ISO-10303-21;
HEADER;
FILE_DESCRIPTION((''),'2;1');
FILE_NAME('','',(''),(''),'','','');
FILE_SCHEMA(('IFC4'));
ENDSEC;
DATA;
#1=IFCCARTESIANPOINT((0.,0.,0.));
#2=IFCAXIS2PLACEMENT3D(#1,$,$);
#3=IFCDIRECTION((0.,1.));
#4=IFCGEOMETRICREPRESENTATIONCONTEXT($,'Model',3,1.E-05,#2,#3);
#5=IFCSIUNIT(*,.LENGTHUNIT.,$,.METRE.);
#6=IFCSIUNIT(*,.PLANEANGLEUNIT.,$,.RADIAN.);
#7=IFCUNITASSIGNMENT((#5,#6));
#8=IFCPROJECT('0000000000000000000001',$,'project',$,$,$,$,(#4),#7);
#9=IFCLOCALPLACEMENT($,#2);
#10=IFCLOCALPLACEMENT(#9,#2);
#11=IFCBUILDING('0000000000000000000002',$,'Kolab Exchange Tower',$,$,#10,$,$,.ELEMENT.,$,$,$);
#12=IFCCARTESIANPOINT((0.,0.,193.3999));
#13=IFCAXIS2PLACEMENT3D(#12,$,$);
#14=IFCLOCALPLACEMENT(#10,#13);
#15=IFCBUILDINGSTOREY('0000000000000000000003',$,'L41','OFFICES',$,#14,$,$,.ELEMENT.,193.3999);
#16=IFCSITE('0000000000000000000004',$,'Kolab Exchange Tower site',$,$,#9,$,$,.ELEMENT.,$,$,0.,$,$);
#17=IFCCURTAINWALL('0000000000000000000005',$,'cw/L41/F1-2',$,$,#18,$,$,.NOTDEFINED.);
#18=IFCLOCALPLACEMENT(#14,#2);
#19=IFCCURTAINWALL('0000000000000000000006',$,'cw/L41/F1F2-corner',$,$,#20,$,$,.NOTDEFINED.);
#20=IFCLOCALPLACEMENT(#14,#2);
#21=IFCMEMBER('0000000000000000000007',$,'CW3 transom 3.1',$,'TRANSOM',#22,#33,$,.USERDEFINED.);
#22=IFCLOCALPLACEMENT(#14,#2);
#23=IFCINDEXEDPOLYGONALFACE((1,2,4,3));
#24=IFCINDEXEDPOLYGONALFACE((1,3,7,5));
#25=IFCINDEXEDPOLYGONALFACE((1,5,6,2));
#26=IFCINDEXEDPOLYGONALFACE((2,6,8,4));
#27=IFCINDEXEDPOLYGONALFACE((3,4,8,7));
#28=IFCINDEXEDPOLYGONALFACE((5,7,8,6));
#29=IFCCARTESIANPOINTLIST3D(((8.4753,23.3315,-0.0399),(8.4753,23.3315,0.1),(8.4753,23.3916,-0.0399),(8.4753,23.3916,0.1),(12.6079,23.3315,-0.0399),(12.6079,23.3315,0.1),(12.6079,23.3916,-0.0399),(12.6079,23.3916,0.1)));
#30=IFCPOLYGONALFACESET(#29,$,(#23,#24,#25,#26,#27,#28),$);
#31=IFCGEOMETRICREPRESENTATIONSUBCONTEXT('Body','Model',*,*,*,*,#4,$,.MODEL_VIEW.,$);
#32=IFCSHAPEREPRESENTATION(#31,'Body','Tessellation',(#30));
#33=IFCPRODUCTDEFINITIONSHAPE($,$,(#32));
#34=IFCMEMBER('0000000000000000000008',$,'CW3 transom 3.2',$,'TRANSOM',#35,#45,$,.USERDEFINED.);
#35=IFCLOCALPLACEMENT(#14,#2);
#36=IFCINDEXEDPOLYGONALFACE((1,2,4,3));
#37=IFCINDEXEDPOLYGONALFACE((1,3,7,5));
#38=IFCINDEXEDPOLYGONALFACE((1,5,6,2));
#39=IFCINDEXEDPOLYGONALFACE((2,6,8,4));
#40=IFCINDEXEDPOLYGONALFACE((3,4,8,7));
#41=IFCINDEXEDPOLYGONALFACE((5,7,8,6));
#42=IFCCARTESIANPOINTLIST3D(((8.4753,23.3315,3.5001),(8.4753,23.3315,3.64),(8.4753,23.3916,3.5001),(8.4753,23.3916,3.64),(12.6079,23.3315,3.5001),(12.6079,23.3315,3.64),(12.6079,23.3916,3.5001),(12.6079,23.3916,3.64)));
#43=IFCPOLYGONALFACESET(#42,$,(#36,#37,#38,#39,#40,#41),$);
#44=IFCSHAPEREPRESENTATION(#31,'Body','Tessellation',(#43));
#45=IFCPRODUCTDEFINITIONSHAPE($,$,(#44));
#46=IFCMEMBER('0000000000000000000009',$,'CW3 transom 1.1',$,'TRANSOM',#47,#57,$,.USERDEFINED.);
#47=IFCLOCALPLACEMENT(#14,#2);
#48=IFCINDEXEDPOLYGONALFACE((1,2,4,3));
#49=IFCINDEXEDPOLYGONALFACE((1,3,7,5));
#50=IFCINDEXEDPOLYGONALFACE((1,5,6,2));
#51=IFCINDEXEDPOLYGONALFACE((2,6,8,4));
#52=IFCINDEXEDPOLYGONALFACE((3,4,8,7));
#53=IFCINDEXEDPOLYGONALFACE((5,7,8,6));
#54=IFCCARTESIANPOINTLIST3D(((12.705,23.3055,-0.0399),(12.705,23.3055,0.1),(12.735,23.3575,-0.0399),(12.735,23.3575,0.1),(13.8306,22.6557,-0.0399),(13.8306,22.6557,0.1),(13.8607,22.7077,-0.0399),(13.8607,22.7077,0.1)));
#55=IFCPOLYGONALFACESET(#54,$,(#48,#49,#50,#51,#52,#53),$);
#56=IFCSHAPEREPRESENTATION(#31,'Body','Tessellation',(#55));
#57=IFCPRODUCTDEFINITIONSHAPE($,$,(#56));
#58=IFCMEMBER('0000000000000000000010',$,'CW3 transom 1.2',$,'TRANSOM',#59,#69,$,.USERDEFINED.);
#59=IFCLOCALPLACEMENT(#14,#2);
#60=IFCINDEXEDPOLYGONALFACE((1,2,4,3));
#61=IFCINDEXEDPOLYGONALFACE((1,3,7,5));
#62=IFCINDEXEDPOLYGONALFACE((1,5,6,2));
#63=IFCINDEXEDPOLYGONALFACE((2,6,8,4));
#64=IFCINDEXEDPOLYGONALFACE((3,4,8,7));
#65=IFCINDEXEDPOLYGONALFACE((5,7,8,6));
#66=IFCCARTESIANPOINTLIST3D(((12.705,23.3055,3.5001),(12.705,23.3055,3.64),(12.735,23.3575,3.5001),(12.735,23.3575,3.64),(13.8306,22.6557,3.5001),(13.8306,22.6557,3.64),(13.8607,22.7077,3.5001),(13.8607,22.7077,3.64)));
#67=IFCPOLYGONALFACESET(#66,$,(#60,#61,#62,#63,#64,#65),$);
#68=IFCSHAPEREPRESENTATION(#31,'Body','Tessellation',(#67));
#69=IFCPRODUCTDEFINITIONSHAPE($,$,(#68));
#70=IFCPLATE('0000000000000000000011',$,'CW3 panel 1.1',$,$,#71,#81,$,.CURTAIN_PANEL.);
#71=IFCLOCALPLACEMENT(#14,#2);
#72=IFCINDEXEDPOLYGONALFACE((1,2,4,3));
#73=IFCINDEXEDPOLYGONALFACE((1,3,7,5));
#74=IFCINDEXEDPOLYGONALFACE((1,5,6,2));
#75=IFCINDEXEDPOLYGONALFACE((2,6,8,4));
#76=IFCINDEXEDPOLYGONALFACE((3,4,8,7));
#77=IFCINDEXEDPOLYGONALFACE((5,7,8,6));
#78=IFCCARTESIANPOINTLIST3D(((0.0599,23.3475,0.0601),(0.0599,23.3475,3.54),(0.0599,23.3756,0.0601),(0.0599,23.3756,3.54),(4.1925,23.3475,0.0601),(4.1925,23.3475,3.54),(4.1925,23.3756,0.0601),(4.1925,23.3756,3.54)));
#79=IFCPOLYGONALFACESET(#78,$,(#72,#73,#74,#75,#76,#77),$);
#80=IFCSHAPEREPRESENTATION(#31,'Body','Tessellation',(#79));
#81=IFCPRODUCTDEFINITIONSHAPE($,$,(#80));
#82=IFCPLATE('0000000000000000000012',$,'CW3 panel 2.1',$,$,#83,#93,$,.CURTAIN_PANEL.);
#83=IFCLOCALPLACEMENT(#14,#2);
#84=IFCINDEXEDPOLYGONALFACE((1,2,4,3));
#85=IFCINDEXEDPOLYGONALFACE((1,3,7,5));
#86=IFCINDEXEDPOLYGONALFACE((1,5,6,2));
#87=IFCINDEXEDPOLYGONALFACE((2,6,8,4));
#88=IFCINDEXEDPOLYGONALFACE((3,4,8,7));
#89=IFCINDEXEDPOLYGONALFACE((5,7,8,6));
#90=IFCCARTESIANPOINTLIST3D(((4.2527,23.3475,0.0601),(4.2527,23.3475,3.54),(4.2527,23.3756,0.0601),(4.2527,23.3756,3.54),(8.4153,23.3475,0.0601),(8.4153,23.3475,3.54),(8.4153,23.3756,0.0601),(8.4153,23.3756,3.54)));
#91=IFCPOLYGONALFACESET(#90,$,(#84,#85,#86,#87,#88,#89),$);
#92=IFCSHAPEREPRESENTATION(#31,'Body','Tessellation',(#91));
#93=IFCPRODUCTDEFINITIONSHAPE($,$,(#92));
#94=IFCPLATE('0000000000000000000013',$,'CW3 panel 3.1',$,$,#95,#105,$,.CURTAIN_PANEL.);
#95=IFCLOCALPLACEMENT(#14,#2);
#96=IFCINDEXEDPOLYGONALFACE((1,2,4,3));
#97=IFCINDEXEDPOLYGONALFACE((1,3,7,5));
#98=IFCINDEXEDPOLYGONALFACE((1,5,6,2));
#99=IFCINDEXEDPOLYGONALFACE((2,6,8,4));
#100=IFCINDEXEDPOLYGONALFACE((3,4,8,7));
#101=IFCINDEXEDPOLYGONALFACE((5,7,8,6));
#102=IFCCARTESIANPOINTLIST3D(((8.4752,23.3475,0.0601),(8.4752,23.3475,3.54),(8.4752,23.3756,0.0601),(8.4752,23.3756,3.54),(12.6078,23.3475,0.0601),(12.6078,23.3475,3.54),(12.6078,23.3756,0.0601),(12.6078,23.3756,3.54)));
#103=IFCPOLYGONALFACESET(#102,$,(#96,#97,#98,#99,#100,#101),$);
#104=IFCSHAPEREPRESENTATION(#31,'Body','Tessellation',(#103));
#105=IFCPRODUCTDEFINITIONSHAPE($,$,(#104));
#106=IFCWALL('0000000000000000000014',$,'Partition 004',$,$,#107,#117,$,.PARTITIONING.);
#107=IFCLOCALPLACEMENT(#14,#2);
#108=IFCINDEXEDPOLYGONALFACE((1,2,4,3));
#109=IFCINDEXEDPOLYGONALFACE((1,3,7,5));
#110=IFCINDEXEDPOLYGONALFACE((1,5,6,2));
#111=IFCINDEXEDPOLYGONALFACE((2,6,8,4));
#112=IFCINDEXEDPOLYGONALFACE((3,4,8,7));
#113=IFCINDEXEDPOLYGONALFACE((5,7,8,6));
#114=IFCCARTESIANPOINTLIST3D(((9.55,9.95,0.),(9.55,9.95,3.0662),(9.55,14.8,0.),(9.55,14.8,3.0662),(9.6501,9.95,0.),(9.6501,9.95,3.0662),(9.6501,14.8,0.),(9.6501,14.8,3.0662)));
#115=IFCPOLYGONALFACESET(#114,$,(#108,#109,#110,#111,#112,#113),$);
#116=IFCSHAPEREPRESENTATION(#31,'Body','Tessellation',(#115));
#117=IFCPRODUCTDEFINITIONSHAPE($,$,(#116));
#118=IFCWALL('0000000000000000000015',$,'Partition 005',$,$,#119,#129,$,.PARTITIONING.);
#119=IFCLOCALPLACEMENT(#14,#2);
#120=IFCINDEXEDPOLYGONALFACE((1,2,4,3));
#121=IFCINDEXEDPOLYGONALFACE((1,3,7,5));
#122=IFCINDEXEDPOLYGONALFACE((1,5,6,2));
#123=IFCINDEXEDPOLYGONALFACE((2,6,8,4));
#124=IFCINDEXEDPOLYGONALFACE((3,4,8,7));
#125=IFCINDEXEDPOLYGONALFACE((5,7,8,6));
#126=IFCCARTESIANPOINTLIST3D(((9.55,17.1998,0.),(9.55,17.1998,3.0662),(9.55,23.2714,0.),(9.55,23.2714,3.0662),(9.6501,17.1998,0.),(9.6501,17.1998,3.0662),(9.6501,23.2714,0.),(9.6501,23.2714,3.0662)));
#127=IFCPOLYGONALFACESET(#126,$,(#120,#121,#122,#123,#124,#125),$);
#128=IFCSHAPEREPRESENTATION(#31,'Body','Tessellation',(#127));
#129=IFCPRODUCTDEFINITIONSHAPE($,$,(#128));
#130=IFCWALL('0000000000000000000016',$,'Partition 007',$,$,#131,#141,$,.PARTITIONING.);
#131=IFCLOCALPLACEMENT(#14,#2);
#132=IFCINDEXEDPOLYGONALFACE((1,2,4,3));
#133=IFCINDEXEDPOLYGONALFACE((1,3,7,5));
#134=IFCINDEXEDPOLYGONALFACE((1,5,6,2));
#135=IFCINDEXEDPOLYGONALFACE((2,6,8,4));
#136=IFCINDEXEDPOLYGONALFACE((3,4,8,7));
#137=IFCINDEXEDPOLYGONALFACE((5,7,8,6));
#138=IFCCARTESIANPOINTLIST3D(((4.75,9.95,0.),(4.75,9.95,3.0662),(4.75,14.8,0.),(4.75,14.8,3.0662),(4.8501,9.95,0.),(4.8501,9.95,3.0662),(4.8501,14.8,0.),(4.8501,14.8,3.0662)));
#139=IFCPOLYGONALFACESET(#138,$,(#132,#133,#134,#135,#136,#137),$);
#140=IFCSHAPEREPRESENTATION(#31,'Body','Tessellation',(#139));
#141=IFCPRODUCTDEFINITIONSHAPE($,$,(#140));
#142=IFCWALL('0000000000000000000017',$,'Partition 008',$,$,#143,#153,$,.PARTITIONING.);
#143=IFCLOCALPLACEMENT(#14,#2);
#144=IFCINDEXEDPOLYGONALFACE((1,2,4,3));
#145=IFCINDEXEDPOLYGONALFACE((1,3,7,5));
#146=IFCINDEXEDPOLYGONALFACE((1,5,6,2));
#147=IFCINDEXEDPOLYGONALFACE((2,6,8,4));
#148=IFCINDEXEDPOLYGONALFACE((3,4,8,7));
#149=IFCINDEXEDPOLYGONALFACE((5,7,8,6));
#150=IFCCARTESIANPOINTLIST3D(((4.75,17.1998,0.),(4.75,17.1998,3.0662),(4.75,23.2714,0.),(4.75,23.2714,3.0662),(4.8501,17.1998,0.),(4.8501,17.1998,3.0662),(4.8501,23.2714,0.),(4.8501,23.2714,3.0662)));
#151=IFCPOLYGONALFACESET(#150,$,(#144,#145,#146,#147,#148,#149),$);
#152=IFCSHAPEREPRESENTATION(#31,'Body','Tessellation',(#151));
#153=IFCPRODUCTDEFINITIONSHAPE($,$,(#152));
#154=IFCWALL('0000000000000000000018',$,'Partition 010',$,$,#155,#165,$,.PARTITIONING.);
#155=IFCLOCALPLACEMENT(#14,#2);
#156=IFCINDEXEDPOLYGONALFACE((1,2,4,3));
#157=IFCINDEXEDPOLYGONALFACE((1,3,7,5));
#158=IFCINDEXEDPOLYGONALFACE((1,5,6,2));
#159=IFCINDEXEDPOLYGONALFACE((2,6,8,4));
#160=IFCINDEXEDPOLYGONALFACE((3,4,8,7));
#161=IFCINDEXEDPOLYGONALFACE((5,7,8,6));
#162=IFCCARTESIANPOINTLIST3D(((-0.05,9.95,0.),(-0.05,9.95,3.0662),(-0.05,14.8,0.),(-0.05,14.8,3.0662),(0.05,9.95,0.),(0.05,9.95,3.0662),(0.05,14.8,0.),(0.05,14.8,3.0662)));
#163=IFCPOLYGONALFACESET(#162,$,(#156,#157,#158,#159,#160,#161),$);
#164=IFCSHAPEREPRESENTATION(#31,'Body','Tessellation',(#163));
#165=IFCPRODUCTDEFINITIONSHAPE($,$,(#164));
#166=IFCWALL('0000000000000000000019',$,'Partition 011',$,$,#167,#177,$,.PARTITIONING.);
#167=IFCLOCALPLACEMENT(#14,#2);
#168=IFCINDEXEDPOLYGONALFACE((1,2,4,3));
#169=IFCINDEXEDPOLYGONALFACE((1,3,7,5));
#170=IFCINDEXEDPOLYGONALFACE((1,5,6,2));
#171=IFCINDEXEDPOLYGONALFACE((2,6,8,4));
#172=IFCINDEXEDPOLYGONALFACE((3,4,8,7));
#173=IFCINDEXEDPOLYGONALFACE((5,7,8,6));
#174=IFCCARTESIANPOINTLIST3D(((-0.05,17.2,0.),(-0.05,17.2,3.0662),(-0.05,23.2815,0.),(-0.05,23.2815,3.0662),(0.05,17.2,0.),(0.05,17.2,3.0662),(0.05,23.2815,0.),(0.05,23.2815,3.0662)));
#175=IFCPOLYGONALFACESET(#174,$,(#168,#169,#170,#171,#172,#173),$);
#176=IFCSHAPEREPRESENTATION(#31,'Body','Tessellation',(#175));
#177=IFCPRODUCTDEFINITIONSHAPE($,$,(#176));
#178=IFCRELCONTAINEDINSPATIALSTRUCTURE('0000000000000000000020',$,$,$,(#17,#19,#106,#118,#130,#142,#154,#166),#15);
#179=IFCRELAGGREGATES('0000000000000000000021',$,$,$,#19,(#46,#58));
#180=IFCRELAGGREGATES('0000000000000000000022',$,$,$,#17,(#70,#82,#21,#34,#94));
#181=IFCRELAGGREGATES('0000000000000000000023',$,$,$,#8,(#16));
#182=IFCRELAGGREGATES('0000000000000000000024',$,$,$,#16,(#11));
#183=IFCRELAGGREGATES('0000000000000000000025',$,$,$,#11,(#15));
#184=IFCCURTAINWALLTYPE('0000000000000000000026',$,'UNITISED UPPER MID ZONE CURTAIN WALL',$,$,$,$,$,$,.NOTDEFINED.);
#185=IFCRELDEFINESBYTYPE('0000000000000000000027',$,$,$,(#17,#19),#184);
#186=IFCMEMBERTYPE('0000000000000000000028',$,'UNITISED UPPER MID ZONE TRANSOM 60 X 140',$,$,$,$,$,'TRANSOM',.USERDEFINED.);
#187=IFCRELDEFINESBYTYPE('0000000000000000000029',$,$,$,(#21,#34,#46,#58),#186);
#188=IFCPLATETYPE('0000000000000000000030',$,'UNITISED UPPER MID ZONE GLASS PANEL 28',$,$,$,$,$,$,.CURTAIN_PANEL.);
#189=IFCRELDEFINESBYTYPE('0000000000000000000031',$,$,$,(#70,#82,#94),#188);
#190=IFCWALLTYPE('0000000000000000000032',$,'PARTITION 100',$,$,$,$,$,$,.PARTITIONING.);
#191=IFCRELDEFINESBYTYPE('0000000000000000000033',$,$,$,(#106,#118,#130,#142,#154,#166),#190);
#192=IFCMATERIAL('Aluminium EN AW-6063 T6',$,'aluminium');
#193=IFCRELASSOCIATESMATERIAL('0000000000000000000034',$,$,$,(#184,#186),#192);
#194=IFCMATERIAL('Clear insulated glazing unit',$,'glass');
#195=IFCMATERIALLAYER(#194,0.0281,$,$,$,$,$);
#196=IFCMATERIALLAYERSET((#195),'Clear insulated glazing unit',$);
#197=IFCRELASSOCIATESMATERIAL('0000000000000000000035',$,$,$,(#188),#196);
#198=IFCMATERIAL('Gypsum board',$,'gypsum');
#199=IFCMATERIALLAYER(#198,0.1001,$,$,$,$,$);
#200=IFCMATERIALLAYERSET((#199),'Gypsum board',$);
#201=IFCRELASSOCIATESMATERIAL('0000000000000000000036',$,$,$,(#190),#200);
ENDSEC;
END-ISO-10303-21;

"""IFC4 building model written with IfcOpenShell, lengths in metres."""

from ifc_helpers import new_model, si_unit, direction, frame, frame_2d, origin, origin_2d, place, context, subcontext, project, spatial, rectangle, extrude, material, layer, layer_set, material_profile, profile_set, type_object, element, aggregate, save


model = new_model("IFC4")

# Units and contexts
model_context = context("Model", 3, precision=1e-05, world=origin(), true_north=direction((0.0, 1.0)))
body_context = subcontext(model_context, "Body", "Model", "MODEL_VIEW")
ifc_project = project(units=[si_unit("LENGTHUNIT", "METRE"), si_unit("PLANEANGLEUNIT", "RADIAN")], contexts=[model_context])

# Site, building, storey
site_placement = place(None, origin())
site = spatial("IfcSite", under=ifc_project, at=site_placement, Name="Kolab Exchange Tower site", CompositionType="ELEMENT", RefElevation=0.0)
building_placement = place(site_placement, origin())
building = spatial("IfcBuilding", under=site, at=building_placement, Name="Kolab Exchange Tower", CompositionType="ELEMENT")
storey_placement = place(building_placement, frame((0.0, 0.0, 193.3999)))
storey = spatial("IfcBuildingStorey", under=building, at=storey_placement, Name="L41", Description="OFFICES", CompositionType="ELEMENT", Elevation=193.3999)

# Curtain wall
ifc_material_1 = material(Name="Aluminium EN AW-6063 T6", Category="aluminium")
curtain_wall_type = type_object("IfcCurtainWallType", Name="UNITISED UPPER MID ZONE CURTAIN WALL", PredefinedType="NOTDEFINED", material=ifc_material_1)
curtain_wall_1_placement = place(storey_placement, origin())
curtain_wall_1 = element("IfcCurtainWall", 1, at=curtain_wall_1_placement, inside=storey, type_object=curtain_wall_type, Name="cw/L41/F1-2", PredefinedType="NOTDEFINED")

# Curtain wall
curtain_wall_2_placement = place(storey_placement, origin())
curtain_wall_2 = element("IfcCurtainWall", 2, at=curtain_wall_2_placement, inside=storey, type_object=curtain_wall_type, Name="cw/L41/F1F2-corner", PredefinedType="NOTDEFINED")

# Members
ifc_material_profile_1 = material_profile(ifc_material_1, rectangle(XDim=0.0601, YDim=0.1399, at=origin_2d()), Name="RECT 60X140")
ifc_profile_set_1 = profile_set([ifc_material_profile_1], Name="Aluminium EN AW-6063 T6")
member_type_1 = type_object("IfcMemberType", Name="UNITISED UPPER MID ZONE TRANSOM 60 X 140", ElementType="TRANSOM", PredefinedType="USERDEFINED", material=ifc_profile_set_1)
member_1_placement = place(storey_placement, frame((8.4753, 23.3616, 0.03), z_axis=(1.0, 0.0, 0.0), x_axis=(0.0, 1.0, 0.0)))
member_1 = element("IfcMember", 3, at=member_1_placement, type_object=member_type_1, Name="CW3 transom 3.1", ObjectType="TRANSOM", PredefinedType="USERDEFINED", context=body_context, shape_type="SweptSolid", body=[
    extrude(rectangle(XDim=0.0601, YDim=0.1399, at=origin_2d()), origin(), (0.0, 0.0, 1.0), 4.1326),
])
member_2_placement = place(storey_placement, frame((8.4753, 23.3616, 3.5701), z_axis=(1.0, 0.0, 0.0), x_axis=(0.0, 1.0, 0.0)))
member_2 = element("IfcMember", 4, at=member_2_placement, type_object=member_type_1, Name="CW3 transom 3.2", ObjectType="TRANSOM", PredefinedType="USERDEFINED", context=body_context, shape_type="SweptSolid", body=[
    extrude(rectangle(XDim=0.0601, YDim=0.1399, at=origin_2d()), origin(), (0.0, 0.0, 1.0), 4.1326),
])
member_3_placement = place(storey_placement, frame((12.72, 23.3315, 0.03), z_axis=(0.866039, -0.499977, 0.0), x_axis=(0.499977, 0.866039, 0.0)))
member_3 = element("IfcMember", 5, at=member_3_placement, type_object=member_type_1, Name="CW3 transom 1.1", ObjectType="TRANSOM", PredefinedType="USERDEFINED", context=body_context, shape_type="SweptSolid", body=[
    extrude(rectangle(XDim=0.0601, YDim=0.1399, at=origin_2d()), origin(), (0.0, 0.0, 1.0), 1.2998),
])
member_4_placement = place(storey_placement, frame((12.72, 23.3315, 3.5701), z_axis=(0.866039, -0.499977, 0.0), x_axis=(0.499977, 0.866039, 0.0)))
member_4 = element("IfcMember", 6, at=member_4_placement, type_object=member_type_1, Name="CW3 transom 1.2", ObjectType="TRANSOM", PredefinedType="USERDEFINED", context=body_context, shape_type="SweptSolid", body=[
    extrude(rectangle(XDim=0.0601, YDim=0.1399, at=origin_2d()), origin(), (0.0, 0.0, 1.0), 1.2998),
])
aggregate(curtain_wall_2, [member_3, member_4])

# Plates
ifc_material_2 = material(Name="Clear insulated glazing unit", Category="glass")
ifc_layer_1 = layer(ifc_material_2, 0.0281)
ifc_layer_set_1 = layer_set([ifc_layer_1], Name="Clear insulated glazing unit")
plate_type = type_object("IfcPlateType", Name="UNITISED UPPER MID ZONE GLASS PANEL 28", PredefinedType="CURTAIN_PANEL", material=ifc_layer_set_1)
plate_1_placement = place(storey_placement, frame((2.1262, 23.3616, 0.0601), z_axis=(0.0, 0.0, 1.0), x_axis=(1.0, 0.0, 0.0)))
plate_1 = element("IfcPlate", 7, at=plate_1_placement, type_object=plate_type, Name="CW3 panel 1.1", PredefinedType="CURTAIN_PANEL", context=body_context, shape_type="SweptSolid", body=[
    extrude(rectangle(XDim=4.1326, YDim=0.0281, at=origin_2d()), origin(), (0.0, 0.0, 1.0), 3.48),
])
plate_2_placement = place(storey_placement, frame((6.334, 23.3616, 0.0601), z_axis=(0.0, 0.0, 1.0), x_axis=(1.0, 0.0, 0.0)))
plate_2 = element("IfcPlate", 8, at=plate_2_placement, type_object=plate_type, Name="CW3 panel 2.1", PredefinedType="CURTAIN_PANEL", context=body_context, shape_type="SweptSolid", body=[
    extrude(rectangle(XDim=4.1626, YDim=0.0281, at=origin_2d()), origin(), (0.0, 0.0, 1.0), 3.48),
])
plate_3_placement = place(storey_placement, frame((10.5415, 23.3616, 0.0601), z_axis=(0.0, 0.0, 1.0), x_axis=(1.0, 0.0, 0.0)))
plate_3 = element("IfcPlate", 9, at=plate_3_placement, type_object=plate_type, Name="CW3 panel 3.1", PredefinedType="CURTAIN_PANEL", context=body_context, shape_type="SweptSolid", body=[
    extrude(rectangle(XDim=4.1326, YDim=0.0281, at=origin_2d()), origin(), (0.0, 0.0, 1.0), 3.48),
])
aggregate(curtain_wall_1, [plate_1, plate_2, member_1, member_2, plate_3])

# Walls
ifc_material_3 = material(Name="Gypsum board", Category="gypsum")
ifc_layer_2 = layer(ifc_material_3, 0.1001)
ifc_layer_set_2 = layer_set([ifc_layer_2], Name="Gypsum board")
wall_type = type_object("IfcWallType", Name="PARTITION 100", PredefinedType="PARTITIONING", material=ifc_layer_set_2)
wall_1_placement = place(storey_placement, frame((9.6001, 9.95, 0.0), z_axis=(0.0, 0.0, 1.0), x_axis=(0.0, 1.0, 0.0)))
element("IfcWall", 10, at=wall_1_placement, inside=storey, type_object=wall_type, Name="Partition 004", PredefinedType="PARTITIONING", context=body_context, shape_type="SweptSolid", body=[
    extrude(rectangle(XDim=4.8501, YDim=0.1001, at=frame_2d((2.425, 0.0))), origin(), (0.0, 0.0, 1.0), 3.0662),
])
wall_2_placement = place(storey_placement, frame((9.6001, 17.2, 0.0), z_axis=(0.0, 0.0, 1.0), x_axis=(0.0, 1.0, 0.0)))
element("IfcWall", 11, at=wall_2_placement, inside=storey, type_object=wall_type, Name="Partition 005", PredefinedType="PARTITIONING", context=body_context, shape_type="SweptSolid", body=[
    extrude(rectangle(XDim=6.0715, YDim=0.1001, at=frame_2d((3.0356, 0.0))), origin(), (0.0, 0.0, 1.0), 3.0662),
])
wall_3_placement = place(storey_placement, frame((4.8, 9.95, 0.0), z_axis=(0.0, 0.0, 1.0), x_axis=(0.0, 1.0, 0.0)))
element("IfcWall", 12, at=wall_3_placement, inside=storey, type_object=wall_type, Name="Partition 007", PredefinedType="PARTITIONING", context=body_context, shape_type="SweptSolid", body=[
    extrude(rectangle(XDim=4.8501, YDim=0.1001, at=frame_2d((2.425, 0.0))), origin(), (0.0, 0.0, 1.0), 3.0662),
])
wall_4_placement = place(storey_placement, frame((4.8, 17.2, 0.0), z_axis=(0.0, 0.0, 1.0), x_axis=(0.0, 1.0, 0.0)))
element("IfcWall", 13, at=wall_4_placement, inside=storey, type_object=wall_type, Name="Partition 008", PredefinedType="PARTITIONING", context=body_context, shape_type="SweptSolid", body=[
    extrude(rectangle(XDim=6.0715, YDim=0.1001, at=frame_2d((3.0356, 0.0))), origin(), (0.0, 0.0, 1.0), 3.0662),
])
wall_5_placement = place(storey_placement, frame((0.0, 9.95, 0.0), z_axis=(0.0, 0.0, 1.0), x_axis=(0.0, 1.0, 0.0)))
element("IfcWall", 14, at=wall_5_placement, inside=storey, type_object=wall_type, Name="Partition 010", PredefinedType="PARTITIONING", context=body_context, shape_type="SweptSolid", body=[
    extrude(rectangle(XDim=4.8501, YDim=0.1001, at=frame_2d((2.425, 0.0))), origin(), (0.0, 0.0, 1.0), 3.0662),
])
wall_6_placement = place(storey_placement, frame((0.0, 17.2, 0.0), z_axis=(0.0, 0.0, 1.0), x_axis=(0.0, 1.0, 0.0)))
element("IfcWall", 15, at=wall_6_placement, inside=storey, type_object=wall_type, Name="Partition 011", PredefinedType="PARTITIONING", context=body_context, shape_type="SweptSolid", body=[
    extrude(rectangle(XDim=6.0815, YDim=0.1001, at=frame_2d((3.0408, 0.0))), origin(), (0.0, 0.0, 1.0), 3.0662),
])

save(model, "model.ifc")
